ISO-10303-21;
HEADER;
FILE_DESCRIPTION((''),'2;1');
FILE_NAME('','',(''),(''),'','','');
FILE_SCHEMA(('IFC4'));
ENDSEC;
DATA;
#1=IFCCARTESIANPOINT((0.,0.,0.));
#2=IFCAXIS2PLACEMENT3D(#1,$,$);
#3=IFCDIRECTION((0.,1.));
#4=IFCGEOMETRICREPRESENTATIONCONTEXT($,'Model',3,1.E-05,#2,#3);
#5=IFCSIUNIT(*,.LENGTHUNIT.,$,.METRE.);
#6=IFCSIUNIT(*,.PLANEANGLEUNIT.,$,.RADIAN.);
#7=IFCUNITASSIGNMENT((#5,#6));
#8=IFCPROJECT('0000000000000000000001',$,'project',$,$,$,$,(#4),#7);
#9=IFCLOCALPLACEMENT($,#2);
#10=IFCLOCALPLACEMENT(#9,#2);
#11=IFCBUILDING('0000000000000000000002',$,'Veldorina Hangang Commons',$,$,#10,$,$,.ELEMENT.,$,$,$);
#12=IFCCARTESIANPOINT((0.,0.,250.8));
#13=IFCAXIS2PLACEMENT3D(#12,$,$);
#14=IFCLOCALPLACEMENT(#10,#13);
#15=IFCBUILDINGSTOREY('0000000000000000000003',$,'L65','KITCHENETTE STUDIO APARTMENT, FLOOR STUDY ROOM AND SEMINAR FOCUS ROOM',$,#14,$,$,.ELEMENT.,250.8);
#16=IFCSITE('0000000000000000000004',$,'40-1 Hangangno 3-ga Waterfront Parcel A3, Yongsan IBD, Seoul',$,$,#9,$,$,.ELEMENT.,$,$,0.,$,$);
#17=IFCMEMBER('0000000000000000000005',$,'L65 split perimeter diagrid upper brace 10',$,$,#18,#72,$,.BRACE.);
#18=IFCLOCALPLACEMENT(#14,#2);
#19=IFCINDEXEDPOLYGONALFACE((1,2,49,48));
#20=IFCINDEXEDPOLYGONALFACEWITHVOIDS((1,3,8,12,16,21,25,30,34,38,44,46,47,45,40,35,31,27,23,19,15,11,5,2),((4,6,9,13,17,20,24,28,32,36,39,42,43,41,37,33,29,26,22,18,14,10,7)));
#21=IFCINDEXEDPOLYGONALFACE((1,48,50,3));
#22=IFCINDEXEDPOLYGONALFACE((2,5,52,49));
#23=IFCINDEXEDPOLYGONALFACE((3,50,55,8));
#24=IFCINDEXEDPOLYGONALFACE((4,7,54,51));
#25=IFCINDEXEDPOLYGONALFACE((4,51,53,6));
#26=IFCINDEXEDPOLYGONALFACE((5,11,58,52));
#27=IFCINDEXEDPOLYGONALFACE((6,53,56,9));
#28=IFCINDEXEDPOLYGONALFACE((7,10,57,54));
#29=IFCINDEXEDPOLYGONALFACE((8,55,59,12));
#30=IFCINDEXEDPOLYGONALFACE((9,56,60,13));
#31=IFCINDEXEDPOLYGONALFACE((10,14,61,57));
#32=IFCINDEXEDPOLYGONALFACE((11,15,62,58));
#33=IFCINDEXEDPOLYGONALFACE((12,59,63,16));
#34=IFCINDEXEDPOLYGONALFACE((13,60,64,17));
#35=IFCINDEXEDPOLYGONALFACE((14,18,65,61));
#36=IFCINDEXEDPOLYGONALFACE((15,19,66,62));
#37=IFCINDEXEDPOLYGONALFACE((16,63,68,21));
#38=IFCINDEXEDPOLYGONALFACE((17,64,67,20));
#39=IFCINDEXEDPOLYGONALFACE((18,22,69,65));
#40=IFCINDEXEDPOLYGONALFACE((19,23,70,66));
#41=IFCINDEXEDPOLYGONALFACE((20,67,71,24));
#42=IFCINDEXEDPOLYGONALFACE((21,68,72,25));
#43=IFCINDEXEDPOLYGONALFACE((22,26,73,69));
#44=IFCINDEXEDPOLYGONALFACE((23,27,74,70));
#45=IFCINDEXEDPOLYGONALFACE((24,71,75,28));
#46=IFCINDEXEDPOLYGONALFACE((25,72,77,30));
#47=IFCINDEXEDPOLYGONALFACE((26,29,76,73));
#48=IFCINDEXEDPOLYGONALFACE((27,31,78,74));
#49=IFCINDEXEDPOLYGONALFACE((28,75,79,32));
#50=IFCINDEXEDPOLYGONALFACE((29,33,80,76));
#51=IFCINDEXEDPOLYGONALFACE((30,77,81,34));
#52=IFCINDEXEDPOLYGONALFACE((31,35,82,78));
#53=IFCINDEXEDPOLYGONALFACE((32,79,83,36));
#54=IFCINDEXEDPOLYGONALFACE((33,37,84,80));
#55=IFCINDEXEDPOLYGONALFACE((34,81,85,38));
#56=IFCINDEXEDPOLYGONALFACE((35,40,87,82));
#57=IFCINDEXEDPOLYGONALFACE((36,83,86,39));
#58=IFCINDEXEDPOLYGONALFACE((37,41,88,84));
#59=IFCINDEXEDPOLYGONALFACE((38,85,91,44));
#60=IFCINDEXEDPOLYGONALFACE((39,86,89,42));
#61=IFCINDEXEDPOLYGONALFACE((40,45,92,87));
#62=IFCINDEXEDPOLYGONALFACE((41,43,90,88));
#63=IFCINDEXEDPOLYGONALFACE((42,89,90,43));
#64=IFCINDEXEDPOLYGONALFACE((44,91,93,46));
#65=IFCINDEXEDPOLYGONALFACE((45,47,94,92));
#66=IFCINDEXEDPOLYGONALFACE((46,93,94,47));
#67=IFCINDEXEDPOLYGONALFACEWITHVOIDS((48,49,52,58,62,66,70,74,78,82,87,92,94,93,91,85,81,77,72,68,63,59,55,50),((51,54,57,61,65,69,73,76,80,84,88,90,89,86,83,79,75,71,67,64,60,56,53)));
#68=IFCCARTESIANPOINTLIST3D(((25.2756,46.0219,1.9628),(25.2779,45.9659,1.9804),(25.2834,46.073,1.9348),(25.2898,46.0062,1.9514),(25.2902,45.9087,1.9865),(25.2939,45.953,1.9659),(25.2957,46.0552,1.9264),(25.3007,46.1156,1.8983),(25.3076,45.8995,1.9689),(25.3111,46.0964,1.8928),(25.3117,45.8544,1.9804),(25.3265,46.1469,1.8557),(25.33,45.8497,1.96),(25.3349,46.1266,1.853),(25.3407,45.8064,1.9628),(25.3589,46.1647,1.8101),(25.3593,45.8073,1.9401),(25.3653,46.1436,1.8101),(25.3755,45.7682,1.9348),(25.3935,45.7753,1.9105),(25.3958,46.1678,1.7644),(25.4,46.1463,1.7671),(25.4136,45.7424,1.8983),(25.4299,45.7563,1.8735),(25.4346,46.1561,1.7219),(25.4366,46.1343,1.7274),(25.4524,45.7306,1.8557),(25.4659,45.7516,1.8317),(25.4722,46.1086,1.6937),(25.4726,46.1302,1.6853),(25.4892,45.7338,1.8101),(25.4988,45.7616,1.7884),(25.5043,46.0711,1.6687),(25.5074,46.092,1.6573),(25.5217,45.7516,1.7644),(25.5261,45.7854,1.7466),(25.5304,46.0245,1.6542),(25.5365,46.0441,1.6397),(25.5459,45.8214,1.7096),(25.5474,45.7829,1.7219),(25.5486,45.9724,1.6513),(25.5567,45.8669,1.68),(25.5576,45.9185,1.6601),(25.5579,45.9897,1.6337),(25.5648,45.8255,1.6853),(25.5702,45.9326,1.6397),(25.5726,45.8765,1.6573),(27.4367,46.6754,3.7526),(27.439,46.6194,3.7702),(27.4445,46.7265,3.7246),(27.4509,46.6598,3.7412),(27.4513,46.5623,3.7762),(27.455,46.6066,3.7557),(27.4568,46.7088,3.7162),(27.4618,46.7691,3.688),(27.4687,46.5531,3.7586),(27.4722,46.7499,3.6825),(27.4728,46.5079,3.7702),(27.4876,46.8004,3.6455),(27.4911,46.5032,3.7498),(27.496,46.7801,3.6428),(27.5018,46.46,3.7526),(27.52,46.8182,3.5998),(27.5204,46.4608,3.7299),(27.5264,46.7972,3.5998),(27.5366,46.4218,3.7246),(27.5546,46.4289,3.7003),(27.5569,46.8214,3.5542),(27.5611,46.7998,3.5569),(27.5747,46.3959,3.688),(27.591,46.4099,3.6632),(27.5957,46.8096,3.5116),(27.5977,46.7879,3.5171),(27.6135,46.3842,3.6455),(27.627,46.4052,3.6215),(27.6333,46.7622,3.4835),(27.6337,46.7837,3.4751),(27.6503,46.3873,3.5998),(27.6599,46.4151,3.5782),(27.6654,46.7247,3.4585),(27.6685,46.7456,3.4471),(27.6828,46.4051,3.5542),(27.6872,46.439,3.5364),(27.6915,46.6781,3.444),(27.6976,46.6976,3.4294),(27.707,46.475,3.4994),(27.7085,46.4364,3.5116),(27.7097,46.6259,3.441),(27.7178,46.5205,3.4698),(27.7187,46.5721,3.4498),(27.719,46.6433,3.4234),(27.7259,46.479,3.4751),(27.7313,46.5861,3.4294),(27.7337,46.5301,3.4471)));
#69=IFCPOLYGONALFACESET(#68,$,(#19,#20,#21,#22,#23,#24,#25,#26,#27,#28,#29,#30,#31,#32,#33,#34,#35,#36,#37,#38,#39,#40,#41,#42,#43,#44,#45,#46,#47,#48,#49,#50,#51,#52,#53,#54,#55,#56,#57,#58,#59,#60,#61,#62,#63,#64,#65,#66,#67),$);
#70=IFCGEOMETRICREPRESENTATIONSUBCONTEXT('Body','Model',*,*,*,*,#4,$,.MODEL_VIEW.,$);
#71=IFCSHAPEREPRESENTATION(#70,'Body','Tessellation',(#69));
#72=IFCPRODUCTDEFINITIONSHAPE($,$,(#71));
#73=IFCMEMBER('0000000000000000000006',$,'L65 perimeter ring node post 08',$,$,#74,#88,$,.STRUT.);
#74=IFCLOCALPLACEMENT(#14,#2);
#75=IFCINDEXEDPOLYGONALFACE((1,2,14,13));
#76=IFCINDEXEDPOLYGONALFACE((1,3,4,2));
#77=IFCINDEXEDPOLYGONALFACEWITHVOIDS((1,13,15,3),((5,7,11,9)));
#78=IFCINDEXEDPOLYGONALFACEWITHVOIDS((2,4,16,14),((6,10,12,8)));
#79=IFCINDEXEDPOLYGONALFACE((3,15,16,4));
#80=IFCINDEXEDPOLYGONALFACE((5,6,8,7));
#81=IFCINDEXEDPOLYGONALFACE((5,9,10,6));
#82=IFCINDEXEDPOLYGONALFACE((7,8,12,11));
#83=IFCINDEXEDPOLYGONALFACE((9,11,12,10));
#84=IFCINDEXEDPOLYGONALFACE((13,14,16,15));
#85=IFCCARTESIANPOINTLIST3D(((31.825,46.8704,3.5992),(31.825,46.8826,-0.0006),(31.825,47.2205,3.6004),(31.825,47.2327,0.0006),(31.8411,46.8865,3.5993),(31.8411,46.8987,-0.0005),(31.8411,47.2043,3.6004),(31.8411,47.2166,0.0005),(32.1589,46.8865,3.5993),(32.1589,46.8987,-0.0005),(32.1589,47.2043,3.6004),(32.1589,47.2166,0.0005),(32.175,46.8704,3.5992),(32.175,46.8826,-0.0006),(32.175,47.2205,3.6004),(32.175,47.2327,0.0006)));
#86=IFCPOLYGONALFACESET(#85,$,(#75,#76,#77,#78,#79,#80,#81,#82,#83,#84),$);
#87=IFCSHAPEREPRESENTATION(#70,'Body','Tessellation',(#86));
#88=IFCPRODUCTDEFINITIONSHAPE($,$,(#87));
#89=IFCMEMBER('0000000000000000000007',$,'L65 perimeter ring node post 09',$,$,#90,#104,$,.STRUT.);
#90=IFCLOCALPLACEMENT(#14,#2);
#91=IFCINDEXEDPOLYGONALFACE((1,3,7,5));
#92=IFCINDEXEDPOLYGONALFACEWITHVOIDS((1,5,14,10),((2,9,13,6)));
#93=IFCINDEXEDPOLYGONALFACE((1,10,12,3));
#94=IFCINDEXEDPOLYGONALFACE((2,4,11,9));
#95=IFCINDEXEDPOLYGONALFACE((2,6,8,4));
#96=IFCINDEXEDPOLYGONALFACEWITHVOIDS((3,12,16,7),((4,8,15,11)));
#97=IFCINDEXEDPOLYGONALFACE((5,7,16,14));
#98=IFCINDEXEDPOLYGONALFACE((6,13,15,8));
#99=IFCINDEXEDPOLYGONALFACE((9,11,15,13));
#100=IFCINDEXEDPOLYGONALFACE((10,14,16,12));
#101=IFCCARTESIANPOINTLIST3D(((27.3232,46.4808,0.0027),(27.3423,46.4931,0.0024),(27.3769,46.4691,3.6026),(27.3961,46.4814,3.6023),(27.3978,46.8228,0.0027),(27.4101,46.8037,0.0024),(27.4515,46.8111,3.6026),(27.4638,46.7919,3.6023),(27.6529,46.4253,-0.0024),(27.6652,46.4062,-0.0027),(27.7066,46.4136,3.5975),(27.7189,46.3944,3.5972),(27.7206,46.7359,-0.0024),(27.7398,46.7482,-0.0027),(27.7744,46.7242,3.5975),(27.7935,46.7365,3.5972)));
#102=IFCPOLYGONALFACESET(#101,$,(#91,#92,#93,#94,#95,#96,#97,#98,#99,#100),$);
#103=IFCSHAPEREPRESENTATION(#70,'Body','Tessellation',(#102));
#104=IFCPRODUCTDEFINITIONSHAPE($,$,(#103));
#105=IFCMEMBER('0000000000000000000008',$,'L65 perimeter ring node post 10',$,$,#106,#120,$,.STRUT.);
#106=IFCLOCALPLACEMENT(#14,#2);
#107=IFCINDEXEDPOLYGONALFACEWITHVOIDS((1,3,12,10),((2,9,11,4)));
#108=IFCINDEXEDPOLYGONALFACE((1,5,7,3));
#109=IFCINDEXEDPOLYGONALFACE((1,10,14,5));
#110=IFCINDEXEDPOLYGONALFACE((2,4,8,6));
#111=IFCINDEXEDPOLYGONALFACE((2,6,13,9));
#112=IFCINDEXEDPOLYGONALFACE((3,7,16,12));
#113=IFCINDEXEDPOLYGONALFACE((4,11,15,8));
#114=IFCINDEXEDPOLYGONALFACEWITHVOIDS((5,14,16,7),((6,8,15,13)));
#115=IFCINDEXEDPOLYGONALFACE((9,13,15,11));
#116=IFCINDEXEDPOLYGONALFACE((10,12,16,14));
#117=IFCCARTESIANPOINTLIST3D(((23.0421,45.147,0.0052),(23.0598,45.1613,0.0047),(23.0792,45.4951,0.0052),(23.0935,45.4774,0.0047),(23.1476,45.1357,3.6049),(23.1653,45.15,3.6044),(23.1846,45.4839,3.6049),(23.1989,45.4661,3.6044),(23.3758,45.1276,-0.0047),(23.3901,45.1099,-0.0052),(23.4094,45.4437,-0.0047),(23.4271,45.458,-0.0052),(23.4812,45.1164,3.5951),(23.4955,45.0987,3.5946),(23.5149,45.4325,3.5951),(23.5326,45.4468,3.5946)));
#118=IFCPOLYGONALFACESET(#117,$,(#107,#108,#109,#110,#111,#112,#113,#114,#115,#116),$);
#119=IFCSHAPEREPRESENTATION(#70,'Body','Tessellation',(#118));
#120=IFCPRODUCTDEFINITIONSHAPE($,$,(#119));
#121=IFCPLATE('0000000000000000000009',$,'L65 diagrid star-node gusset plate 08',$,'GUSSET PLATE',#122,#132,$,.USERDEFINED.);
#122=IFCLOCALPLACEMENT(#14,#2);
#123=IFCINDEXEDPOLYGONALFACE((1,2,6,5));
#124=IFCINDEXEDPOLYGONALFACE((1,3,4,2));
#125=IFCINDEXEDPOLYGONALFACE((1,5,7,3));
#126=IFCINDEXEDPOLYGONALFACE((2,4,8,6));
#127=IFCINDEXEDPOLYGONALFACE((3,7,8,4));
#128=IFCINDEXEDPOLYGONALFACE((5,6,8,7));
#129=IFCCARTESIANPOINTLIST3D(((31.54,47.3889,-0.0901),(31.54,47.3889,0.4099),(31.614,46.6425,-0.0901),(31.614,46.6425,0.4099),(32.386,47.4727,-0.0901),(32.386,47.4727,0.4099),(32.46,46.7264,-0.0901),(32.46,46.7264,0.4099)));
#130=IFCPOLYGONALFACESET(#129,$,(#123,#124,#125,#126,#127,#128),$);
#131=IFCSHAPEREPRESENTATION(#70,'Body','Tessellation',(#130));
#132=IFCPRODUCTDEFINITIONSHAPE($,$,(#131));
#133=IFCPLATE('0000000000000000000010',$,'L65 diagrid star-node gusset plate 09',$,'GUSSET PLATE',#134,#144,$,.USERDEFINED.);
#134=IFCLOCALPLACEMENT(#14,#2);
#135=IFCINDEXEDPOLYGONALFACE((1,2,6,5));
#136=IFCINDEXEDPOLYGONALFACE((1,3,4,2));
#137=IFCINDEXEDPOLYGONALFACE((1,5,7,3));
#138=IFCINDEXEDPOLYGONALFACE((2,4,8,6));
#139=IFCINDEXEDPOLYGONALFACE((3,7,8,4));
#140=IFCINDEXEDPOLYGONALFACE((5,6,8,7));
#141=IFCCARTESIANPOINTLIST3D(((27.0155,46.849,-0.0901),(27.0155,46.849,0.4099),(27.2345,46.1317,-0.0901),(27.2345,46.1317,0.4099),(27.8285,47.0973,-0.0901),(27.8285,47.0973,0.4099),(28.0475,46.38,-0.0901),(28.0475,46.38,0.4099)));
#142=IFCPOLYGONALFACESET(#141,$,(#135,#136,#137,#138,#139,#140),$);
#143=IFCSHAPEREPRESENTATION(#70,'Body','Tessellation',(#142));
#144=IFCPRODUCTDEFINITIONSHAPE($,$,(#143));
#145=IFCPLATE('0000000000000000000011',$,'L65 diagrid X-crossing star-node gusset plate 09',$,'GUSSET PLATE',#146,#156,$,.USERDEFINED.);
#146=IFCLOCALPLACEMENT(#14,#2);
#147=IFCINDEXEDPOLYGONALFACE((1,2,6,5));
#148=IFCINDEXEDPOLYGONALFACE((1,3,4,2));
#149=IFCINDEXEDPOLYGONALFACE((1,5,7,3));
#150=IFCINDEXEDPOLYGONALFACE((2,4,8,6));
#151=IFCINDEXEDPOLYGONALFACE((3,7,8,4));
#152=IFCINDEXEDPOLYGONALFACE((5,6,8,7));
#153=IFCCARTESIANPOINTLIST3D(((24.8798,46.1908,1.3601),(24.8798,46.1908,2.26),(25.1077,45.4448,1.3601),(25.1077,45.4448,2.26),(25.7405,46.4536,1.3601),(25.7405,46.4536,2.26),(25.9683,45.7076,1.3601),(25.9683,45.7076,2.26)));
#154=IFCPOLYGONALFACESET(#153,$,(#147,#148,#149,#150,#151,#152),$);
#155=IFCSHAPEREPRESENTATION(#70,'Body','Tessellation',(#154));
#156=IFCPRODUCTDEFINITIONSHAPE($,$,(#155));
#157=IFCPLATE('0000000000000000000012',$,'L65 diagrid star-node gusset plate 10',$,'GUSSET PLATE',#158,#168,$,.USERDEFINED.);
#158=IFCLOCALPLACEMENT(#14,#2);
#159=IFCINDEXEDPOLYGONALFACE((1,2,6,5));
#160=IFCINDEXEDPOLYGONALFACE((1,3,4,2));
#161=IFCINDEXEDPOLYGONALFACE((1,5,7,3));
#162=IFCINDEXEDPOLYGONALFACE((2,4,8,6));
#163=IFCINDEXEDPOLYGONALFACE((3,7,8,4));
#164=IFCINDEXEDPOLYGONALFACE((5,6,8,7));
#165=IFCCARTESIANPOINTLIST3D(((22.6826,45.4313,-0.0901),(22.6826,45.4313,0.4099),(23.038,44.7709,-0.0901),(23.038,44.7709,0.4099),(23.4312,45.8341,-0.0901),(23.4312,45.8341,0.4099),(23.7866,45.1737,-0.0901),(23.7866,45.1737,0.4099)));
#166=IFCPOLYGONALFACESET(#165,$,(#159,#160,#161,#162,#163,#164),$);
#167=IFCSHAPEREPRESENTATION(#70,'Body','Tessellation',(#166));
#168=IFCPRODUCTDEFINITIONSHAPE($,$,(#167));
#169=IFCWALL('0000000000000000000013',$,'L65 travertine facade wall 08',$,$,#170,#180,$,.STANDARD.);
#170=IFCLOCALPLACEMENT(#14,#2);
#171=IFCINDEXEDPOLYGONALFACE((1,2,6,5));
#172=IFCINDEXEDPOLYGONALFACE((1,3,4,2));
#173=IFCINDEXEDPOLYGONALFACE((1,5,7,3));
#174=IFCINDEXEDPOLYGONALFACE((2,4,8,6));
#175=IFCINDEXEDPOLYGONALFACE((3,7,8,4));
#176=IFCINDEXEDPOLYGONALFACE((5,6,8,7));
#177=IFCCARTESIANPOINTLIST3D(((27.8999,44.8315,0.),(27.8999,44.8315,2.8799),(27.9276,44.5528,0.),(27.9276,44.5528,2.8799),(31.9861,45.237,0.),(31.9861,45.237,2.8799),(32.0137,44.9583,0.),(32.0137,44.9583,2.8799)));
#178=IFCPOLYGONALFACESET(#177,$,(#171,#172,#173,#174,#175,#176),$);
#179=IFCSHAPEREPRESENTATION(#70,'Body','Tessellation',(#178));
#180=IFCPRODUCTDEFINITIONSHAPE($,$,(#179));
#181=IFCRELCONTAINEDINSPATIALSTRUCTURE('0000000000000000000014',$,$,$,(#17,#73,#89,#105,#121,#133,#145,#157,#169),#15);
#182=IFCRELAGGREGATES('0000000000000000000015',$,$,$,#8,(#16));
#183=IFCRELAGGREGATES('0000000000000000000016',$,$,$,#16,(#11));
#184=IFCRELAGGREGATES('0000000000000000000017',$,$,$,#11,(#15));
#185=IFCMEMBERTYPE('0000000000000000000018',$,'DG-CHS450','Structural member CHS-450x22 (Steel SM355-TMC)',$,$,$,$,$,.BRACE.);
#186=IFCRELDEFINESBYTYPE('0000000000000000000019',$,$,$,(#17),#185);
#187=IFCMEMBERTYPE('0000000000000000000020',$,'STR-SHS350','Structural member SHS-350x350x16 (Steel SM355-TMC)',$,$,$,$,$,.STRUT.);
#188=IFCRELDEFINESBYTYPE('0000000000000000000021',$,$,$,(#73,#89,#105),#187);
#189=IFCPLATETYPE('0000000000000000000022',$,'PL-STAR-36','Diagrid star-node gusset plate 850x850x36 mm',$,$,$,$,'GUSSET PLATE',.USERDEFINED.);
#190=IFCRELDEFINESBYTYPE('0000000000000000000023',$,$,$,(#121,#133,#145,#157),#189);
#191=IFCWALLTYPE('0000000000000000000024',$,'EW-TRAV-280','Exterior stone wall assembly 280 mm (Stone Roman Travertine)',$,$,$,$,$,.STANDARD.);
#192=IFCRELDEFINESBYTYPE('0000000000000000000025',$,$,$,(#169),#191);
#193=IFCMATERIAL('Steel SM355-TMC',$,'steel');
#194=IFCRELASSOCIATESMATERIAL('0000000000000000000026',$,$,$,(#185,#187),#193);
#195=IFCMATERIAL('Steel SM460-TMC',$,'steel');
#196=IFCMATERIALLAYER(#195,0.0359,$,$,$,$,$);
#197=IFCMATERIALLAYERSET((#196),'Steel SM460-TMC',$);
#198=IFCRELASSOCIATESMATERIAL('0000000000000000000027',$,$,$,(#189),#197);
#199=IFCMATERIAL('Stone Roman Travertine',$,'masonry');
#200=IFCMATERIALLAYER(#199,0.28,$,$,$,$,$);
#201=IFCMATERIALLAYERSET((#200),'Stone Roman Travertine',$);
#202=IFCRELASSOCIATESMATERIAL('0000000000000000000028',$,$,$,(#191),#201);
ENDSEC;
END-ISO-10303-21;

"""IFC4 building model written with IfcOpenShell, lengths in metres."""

from ifc_helpers import new_model, si_unit, direction, frame, frame_2d, origin, origin_2d, place, context, subcontext, project, spatial, rectangle, hollow_rectangle, hollow_circle, extrude, material, layer, layer_set, material_profile, profile_set, type_object, element, save


model = new_model("IFC4")

# Units and contexts
model_context = context("Model", 3, precision=1e-05, world=origin(), true_north=direction((0.0, 1.0)))
body_context = subcontext(model_context, "Body", "Model", "MODEL_VIEW")
ifc_project = project(units=[si_unit("LENGTHUNIT", "METRE"), si_unit("PLANEANGLEUNIT", "RADIAN")], contexts=[model_context])

# Site, building, storey
site_placement = place(None, origin())
site = spatial("IfcSite", under=ifc_project, at=site_placement, Name="40-1 Hangangno 3-ga Waterfront Parcel A3, Yongsan IBD, Seoul", CompositionType="ELEMENT", RefElevation=0.0)
building_placement = place(site_placement, origin())
building = spatial("IfcBuilding", under=site, at=building_placement, Name="Veldorina Hangang Commons", CompositionType="ELEMENT")
storey_placement = place(building_placement, frame((0.0, 0.0, 250.8)))
storey = spatial("IfcBuildingStorey", under=building, at=storey_placement, Name="L65", Description="KITCHENETTE STUDIO APARTMENT, FLOOR STUDY ROOM AND SEMINAR FOCUS ROOM", CompositionType="ELEMENT", Elevation=250.8)

# Shared definitions
ifc_material_1 = material(Name="Steel SM355-TMC", Category="steel")

# Members
ifc_material_profile_1 = material_profile(ifc_material_1, hollow_circle(Radius=0.2251, WallThickness=0.022, at=origin_2d()), Name="CHS-450x22")
ifc_profile_set_1 = profile_set([ifc_material_profile_1], Name="Steel SM355-TMC")
member_type_1 = type_object("IfcMemberType", Name="DG-CHS450", Description="Structural member CHS-450x22 (Steel SM355-TMC)", PredefinedType="BRACE", material=ifc_profile_set_1)
member_1_placement = place(storey_placement, frame((25.4241, 45.9492, 1.8101), z_axis=(0.750095, 0.226842, 0.621209), x_axis=(-0.28947, 0.957187, 0.0)))
element("IfcMember", 1, at=member_1_placement, inside=storey, type_object=member_type_1, Name="L65 split perimeter diagrid upper brace 10", PredefinedType="BRACE", context=body_context, shape_type="SweptSolid", body=[
    extrude(hollow_circle(Radius=0.2251, WallThickness=0.022, at=origin_2d()), origin(), (0.0, 0.0, 1.0), 2.8811),
])
ifc_material_profile_2 = material_profile(ifc_material_1, hollow_rectangle(XDim=0.3501, YDim=0.3501, WallThickness=0.0161, at=origin_2d()), Name="SHS-350x350x16")
ifc_profile_set_2 = profile_set([ifc_material_profile_2], Name="Steel SM355-TMC")
member_type_2 = type_object("IfcMemberType", Name="STR-SHS350", Description="Structural member SHS-350x350x16 (Steel SM355-TMC)", PredefinedType="STRUT", material=ifc_profile_set_2)
member_2_placement = place(storey_placement, frame((32.0, 47.0576, 0.0), z_axis=(0.0, -0.003391, 0.999994), x_axis=(1.0, 0.0, 0.0)))
element("IfcMember", 2, at=member_2_placement, inside=storey, type_object=member_type_2, Name="L65 perimeter ring node post 08", PredefinedType="STRUT", context=body_context, shape_type="SweptSolid", body=[
    extrude(hollow_rectangle(XDim=0.3501, YDim=0.3501, WallThickness=0.0161, at=origin_2d()), origin(), (0.0, 0.0, 1.0), 3.5999),
])
member_3_placement = place(storey_placement, frame((27.5315, 46.6145, 0.0), z_axis=(0.014919, -0.003255, 0.999883), x_axis=(0.213167, 0.977016, 0.0)))
element("IfcMember", 3, at=member_3_placement, inside=storey, type_object=member_type_2, Name="L65 perimeter ring node post 09", PredefinedType="STRUT", context=body_context, shape_type="SweptSolid", body=[
    extrude(hollow_rectangle(XDim=0.3501, YDim=0.3501, WallThickness=0.0161, at=origin_2d()), origin(), (0.0, 0.0, 1.0), 3.6003),
])
member_4_placement = place(storey_placement, frame((23.2346, 45.3025, 0.0), z_axis=(0.029285, -0.003118, 0.999566), x_axis=(0.105883, 0.994379, 0.0)))
element("IfcMember", 4, at=member_4_placement, inside=storey, type_object=member_type_2, Name="L65 perimeter ring node post 10", PredefinedType="STRUT", context=body_context, shape_type="SweptSolid", body=[
    extrude(hollow_rectangle(XDim=0.3501, YDim=0.3501, WallThickness=0.0161, at=origin_2d()), origin(), (0.0, 0.0, 1.0), 3.6013),
])

# Plates
ifc_material_2 = material(Name="Steel SM460-TMC", Category="steel")
ifc_layer_1 = layer(ifc_material_2, 0.0359)
ifc_layer_set_1 = layer_set([ifc_layer_1], Name="Steel SM460-TMC")
plate_type = type_object("IfcPlateType", Name="PL-STAR-36", Description="Diagrid star-node gusset plate 850x850x36 mm", ElementType="GUSSET PLATE", PredefinedType="USERDEFINED", material=ifc_layer_set_1)
for number, where, z_axis, x_axis, name in (
    (5, (32.0, 47.0576, -0.0901), (0.0, 0.0, 1.0), (-0.995121, -0.09866, 0.0), "L65 diagrid star-node gusset plate 08"),
    (6, (27.5315, 46.6145, -0.0901), (0.0, 0.0, 1.0), (-0.956397, -0.292071, 0.0), "L65 diagrid star-node gusset plate 09"),
):
    element("IfcPlate", number, at=place(storey_placement, frame(where, z_axis=z_axis, x_axis=x_axis)), inside=storey, type_object=plate_type, Name=name, ObjectType="GUSSET PLATE", PredefinedType="USERDEFINED", context=body_context, shape_type="SweptSolid", body=[
        extrude(rectangle(XDim=0.8501, YDim=0.75, at=origin_2d()), origin(), (0.0, 0.0, 1.0), 0.5),
    ])
plate_1_placement = place(storey_placement, frame((25.4241, 45.9492, 1.3601), z_axis=(0.0, 0.0, 1.0), x_axis=(-0.956397, -0.292071, 0.0)))
element("IfcPlate", 7, at=plate_1_placement, inside=storey, type_object=plate_type, Name="L65 diagrid X-crossing star-node gusset plate 09", ObjectType="GUSSET PLATE", PredefinedType="USERDEFINED", context=body_context, shape_type="SweptSolid", body=[
    extrude(rectangle(XDim=0.8999, YDim=0.78, at=origin_2d()), origin(), (0.0, 0.0, 1.0), 0.8999),
])
plate_2_placement = place(storey_placement, frame((23.2346, 45.3025, -0.0901), z_axis=(0.0, 0.0, 1.0), x_axis=(-0.880618, -0.473827, 0.0)))
element("IfcPlate", 8, at=plate_2_placement, inside=storey, type_object=plate_type, Name="L65 diagrid star-node gusset plate 10", ObjectType="GUSSET PLATE", PredefinedType="USERDEFINED", context=body_context, shape_type="SweptSolid", body=[
    extrude(rectangle(XDim=0.8501, YDim=0.75, at=origin_2d()), origin(), (0.0, 0.0, 1.0), 0.5),
])

# Wall
ifc_material_3 = material(Name="Stone Roman Travertine", Category="masonry")
ifc_layer_2 = layer(ifc_material_3, 0.28)
ifc_layer_set_2 = layer_set([ifc_layer_2], Name="Stone Roman Travertine")
wall_type_1 = type_object("IfcWallType", Name="EW-TRAV-280", Description="Exterior stone wall assembly 280 mm (Stone Roman Travertine)", PredefinedType="STANDARD", material=ifc_layer_set_2)
wall_1_placement = place(storey_placement, frame((32.0, 45.0977, 0.0), z_axis=(0.0, 0.0, 1.0), x_axis=(-0.995112, -0.098756, 0.0)))
element("IfcWall", 9, at=wall_1_placement, inside=storey, type_object=wall_type_1, Name="L65 travertine facade wall 08", PredefinedType="STANDARD", context=body_context, shape_type="SweptSolid", body=[
    extrude(rectangle(XDim=4.1062, YDim=0.28, at=frame_2d((2.0532, 0.0))), origin(), (0.0, 0.0, 1.0), 2.8799),
])

save(model, "model.ifc")
